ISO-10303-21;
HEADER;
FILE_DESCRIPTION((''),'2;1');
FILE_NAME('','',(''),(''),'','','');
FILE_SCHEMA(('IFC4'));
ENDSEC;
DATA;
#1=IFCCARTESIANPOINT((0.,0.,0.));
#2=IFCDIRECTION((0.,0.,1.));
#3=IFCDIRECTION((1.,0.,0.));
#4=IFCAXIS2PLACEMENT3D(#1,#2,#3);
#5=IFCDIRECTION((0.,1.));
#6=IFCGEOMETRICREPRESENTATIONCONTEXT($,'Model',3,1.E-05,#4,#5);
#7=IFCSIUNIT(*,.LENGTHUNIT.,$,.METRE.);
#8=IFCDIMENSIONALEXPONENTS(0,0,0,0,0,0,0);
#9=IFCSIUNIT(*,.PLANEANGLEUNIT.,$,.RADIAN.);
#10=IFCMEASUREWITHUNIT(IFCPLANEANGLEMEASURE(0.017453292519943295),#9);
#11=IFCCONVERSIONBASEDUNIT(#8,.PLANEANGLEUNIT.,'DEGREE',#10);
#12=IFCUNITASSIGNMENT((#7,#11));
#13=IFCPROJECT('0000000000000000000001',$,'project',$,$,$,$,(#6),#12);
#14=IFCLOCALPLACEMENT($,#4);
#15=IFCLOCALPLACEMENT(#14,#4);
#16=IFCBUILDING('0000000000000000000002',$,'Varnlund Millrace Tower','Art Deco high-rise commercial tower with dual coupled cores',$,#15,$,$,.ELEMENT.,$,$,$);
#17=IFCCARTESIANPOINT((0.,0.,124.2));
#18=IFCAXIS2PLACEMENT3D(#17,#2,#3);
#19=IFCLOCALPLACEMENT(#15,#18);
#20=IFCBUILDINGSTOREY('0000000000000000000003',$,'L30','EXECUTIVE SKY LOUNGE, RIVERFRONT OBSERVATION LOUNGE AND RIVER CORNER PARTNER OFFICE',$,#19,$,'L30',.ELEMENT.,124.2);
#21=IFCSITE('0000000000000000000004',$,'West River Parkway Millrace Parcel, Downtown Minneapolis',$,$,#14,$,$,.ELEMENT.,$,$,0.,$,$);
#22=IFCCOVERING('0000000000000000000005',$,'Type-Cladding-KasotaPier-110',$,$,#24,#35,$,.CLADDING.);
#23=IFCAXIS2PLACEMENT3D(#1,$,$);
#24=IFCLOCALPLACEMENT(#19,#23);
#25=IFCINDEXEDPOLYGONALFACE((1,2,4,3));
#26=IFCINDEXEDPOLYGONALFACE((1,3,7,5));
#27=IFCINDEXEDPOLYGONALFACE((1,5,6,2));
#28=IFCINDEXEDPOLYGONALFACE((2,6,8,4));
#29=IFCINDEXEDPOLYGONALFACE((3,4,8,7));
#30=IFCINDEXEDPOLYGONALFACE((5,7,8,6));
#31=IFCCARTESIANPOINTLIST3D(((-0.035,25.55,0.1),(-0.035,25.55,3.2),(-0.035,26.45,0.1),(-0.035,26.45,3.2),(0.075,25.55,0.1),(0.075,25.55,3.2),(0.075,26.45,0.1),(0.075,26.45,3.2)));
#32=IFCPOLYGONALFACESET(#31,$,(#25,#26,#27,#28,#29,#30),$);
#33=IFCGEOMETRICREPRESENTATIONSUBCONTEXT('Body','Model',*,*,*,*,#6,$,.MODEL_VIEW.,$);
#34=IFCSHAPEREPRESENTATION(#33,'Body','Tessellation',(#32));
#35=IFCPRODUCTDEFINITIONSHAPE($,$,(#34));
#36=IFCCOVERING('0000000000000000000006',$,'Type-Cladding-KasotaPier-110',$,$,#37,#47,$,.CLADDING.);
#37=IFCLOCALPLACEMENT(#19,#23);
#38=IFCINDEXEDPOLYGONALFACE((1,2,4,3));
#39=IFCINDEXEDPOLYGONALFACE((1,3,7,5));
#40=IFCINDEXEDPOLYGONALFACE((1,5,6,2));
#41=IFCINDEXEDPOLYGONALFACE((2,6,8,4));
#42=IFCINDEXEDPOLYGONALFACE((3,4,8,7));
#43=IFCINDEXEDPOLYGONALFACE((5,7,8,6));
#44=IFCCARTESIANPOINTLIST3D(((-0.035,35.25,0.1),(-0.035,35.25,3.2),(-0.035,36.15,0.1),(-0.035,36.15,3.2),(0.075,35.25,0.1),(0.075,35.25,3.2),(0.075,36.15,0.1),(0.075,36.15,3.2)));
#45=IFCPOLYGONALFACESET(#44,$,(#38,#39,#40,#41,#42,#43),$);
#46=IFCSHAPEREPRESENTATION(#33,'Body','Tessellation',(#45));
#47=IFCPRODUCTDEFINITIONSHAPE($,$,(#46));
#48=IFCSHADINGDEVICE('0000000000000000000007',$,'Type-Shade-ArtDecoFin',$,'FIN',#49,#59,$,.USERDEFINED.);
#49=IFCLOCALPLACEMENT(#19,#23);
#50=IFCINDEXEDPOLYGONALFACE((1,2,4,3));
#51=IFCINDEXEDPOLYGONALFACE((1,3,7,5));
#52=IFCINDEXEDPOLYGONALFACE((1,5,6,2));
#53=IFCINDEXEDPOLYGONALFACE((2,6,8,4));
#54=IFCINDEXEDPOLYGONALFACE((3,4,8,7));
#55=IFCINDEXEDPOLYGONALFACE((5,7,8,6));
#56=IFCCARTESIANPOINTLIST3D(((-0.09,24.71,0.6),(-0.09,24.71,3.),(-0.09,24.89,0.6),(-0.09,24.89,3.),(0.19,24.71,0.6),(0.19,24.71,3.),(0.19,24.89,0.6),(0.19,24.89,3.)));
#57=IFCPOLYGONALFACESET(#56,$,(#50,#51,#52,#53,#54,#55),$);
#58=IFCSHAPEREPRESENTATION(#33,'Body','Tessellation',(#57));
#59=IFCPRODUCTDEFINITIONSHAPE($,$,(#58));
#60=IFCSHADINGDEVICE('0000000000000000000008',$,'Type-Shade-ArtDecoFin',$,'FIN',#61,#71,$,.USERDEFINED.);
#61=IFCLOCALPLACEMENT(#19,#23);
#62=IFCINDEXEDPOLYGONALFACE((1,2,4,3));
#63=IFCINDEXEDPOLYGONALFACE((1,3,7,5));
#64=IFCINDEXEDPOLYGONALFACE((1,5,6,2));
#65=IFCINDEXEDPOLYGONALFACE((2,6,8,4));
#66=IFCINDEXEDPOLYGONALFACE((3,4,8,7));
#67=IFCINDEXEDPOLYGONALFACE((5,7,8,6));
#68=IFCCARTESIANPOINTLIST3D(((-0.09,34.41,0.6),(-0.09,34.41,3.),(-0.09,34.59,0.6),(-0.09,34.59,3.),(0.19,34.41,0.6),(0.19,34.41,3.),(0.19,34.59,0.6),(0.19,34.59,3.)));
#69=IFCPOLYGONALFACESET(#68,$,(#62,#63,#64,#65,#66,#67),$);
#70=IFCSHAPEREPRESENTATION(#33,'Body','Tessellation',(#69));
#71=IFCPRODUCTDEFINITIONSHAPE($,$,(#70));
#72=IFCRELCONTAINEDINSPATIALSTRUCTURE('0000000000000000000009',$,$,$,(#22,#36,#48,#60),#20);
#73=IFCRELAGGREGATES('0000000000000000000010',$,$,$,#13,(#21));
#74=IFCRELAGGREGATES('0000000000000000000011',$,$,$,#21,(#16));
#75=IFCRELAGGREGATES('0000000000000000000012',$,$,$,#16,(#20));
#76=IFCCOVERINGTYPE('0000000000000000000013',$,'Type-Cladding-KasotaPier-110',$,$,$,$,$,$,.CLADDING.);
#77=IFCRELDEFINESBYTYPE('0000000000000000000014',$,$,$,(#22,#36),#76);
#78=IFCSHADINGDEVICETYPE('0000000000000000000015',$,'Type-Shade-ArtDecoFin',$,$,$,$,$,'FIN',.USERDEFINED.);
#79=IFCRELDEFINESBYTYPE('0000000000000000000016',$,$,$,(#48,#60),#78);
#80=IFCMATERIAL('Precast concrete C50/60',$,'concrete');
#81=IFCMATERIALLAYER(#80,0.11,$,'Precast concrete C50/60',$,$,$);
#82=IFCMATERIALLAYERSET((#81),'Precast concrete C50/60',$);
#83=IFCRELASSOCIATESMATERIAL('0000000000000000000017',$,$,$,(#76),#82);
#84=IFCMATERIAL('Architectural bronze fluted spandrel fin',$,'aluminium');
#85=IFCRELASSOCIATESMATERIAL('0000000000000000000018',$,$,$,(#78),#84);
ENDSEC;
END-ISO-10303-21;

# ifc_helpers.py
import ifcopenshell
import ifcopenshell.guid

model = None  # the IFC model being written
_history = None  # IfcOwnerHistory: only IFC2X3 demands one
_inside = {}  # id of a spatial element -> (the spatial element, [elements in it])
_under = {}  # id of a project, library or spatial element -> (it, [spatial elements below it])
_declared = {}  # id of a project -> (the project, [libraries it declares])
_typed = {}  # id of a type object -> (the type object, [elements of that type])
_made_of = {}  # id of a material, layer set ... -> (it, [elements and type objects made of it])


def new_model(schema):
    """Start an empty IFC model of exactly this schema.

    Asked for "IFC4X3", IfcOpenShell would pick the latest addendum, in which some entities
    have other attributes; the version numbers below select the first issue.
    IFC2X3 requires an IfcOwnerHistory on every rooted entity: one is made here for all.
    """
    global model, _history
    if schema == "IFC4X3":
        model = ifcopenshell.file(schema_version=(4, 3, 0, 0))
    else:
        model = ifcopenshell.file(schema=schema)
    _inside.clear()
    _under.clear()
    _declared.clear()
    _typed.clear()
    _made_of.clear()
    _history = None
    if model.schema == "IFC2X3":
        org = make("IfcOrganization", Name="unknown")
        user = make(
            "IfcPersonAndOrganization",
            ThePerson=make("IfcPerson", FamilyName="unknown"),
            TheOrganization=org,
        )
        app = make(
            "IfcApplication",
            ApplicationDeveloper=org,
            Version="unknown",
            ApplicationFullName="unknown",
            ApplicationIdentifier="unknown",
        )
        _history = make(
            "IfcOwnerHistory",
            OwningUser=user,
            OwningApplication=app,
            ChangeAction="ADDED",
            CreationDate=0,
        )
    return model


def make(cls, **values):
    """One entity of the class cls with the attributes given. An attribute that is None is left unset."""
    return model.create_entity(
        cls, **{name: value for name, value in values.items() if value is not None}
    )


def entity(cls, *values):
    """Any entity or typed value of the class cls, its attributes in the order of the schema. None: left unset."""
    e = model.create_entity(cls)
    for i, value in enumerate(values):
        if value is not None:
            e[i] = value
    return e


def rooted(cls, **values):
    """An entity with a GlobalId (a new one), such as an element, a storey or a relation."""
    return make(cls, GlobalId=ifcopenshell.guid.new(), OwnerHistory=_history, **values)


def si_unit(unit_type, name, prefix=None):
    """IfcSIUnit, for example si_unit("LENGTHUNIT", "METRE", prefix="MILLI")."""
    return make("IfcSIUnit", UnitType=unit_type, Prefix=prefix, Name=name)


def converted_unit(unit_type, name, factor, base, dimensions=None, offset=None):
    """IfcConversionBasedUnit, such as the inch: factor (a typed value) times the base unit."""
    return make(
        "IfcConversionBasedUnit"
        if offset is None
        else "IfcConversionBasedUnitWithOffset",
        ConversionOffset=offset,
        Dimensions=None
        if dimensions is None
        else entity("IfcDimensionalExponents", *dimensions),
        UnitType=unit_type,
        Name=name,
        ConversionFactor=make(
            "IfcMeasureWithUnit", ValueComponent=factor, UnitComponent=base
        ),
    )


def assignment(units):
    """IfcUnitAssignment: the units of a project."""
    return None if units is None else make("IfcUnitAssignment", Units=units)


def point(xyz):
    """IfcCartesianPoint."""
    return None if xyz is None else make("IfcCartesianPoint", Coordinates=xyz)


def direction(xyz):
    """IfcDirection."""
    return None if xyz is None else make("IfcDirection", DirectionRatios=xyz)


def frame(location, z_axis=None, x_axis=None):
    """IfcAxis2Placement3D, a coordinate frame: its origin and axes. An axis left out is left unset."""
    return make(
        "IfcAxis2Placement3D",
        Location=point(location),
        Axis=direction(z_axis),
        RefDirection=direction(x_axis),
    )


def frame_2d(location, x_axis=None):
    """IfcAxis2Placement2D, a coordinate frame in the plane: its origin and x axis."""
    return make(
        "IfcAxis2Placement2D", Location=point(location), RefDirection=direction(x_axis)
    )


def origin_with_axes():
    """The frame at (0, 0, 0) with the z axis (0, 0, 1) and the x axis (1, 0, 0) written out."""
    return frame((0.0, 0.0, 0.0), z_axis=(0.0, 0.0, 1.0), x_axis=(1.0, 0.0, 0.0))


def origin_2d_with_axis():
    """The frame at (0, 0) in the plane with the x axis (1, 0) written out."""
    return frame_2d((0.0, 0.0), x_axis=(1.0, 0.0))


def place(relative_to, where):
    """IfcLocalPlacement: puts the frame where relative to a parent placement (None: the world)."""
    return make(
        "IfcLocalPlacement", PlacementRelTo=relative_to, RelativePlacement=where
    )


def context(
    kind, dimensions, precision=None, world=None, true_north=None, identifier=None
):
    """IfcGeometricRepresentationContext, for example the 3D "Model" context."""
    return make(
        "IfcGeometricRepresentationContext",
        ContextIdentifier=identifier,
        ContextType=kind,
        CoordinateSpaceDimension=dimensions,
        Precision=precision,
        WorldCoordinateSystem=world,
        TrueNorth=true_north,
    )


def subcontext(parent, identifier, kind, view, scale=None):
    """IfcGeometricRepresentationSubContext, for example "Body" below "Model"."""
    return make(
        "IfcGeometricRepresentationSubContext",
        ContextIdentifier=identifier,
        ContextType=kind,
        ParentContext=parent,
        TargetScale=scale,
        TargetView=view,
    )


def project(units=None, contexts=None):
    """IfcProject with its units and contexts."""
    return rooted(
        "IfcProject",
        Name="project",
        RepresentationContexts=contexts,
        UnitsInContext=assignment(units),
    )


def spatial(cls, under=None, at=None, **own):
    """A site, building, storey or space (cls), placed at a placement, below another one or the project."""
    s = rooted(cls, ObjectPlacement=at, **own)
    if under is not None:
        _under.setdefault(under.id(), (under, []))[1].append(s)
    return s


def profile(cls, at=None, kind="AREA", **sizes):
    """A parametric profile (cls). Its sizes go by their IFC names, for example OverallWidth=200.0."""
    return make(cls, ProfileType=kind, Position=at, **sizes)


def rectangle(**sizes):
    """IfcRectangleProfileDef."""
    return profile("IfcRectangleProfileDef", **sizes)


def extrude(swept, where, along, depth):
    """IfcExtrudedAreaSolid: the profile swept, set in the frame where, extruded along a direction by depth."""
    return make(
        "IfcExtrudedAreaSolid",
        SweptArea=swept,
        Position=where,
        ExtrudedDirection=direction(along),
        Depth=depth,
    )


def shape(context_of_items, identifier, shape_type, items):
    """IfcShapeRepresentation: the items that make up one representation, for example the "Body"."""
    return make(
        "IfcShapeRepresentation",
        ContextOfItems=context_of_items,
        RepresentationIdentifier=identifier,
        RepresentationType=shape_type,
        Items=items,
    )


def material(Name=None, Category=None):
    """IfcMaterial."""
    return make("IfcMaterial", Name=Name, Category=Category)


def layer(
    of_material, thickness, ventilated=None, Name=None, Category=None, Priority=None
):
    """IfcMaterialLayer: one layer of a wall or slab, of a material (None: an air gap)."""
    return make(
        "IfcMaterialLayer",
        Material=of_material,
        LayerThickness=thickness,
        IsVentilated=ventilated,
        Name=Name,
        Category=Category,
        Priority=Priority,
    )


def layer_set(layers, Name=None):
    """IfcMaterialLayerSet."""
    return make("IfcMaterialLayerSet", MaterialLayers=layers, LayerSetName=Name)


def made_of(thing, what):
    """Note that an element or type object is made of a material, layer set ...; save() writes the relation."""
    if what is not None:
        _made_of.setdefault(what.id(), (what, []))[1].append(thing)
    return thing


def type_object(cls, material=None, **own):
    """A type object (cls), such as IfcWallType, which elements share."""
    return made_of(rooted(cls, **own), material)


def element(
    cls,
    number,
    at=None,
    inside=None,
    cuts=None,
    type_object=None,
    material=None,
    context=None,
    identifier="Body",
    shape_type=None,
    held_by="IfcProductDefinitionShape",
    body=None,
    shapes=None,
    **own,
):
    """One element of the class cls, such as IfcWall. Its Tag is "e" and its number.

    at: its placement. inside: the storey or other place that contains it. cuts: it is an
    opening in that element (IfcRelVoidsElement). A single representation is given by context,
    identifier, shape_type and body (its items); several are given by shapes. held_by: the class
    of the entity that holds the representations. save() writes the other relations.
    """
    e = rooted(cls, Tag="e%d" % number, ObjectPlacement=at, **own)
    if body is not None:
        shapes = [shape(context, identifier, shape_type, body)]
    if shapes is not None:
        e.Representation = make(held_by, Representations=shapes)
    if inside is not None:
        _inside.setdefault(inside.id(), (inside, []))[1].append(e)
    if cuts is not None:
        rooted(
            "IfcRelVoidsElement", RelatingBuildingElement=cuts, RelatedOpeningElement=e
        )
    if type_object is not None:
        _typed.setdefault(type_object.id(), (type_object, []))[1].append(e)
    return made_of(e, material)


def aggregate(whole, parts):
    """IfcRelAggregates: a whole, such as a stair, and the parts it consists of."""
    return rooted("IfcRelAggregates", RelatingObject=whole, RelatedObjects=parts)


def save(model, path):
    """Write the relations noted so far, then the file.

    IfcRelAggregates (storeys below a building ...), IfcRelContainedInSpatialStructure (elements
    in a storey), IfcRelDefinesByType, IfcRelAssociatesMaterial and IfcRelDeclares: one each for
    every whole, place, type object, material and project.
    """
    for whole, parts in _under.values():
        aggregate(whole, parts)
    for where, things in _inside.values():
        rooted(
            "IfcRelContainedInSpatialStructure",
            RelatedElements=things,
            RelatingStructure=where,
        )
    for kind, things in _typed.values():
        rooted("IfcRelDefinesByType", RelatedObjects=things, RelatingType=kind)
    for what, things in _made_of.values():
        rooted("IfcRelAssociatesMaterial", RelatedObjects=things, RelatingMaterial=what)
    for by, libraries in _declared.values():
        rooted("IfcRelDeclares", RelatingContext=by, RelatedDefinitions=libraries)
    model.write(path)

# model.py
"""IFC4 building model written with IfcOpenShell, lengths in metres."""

from ifc_helpers import new_model, entity, si_unit, converted_unit, direction, frame, origin_with_axes, origin_2d_with_axis, place, context, subcontext, project, spatial, rectangle, extrude, material, layer, layer_set, type_object, element, save


model = new_model("IFC4")

# Units and contexts
model_context = context("Model", 3, precision=1e-05, world=origin_with_axes(), true_north=direction((0.0, 1.0)))
body_context = subcontext(model_context, "Body", "Model", "MODEL_VIEW")
ifc_project = project(units=[si_unit("LENGTHUNIT", "METRE"), converted_unit("PLANEANGLEUNIT", "DEGREE", entity("IfcPlaneAngleMeasure", 0.017453292519943295), si_unit("PLANEANGLEUNIT", "RADIAN"), dimensions=[0, 0, 0, 0, 0, 0, 0])], contexts=[model_context])

# Site, building, storey
site_placement = place(None, origin_with_axes())
site = spatial("IfcSite", under=ifc_project, at=site_placement, Name="West River Parkway Millrace Parcel, Downtown Minneapolis", CompositionType="ELEMENT", RefElevation=0.0)
building_placement = place(site_placement, origin_with_axes())
building = spatial("IfcBuilding", under=site, at=building_placement, Name="Varnlund Millrace Tower", Description="Art Deco high-rise commercial tower with dual coupled cores", CompositionType="ELEMENT")
storey_placement = place(building_placement, frame((0.0, 0.0, 124.2), z_axis=(0.0, 0.0, 1.0), x_axis=(1.0, 0.0, 0.0)))
storey = spatial("IfcBuildingStorey", under=building, at=storey_placement, Name="L30", Description="EXECUTIVE SKY LOUNGE, RIVERFRONT OBSERVATION LOUNGE AND RIVER CORNER PARTNER OFFICE", LongName="L30", CompositionType="ELEMENT", Elevation=124.2)

# Shared definitions
ifc_material_1 = material(Name="Precast concrete C50/60", Category="concrete")

# Coverings
ifc_layer_1 = layer(ifc_material_1, 0.11, Name="Precast concrete C50/60")
ifc_layer_set_1 = layer_set([ifc_layer_1], Name="Precast concrete C50/60")
covering_type = type_object("IfcCoveringType", Name="Type-Cladding-KasotaPier-110", PredefinedType="CLADDING", material=ifc_layer_set_1)
for number, where, z_axis, x_axis, name in (
    (1, (0.02, 26.0, 0.1), (0.0, 0.0, 1.0), (1.0, 0.0, 0.0), "Type-Cladding-KasotaPier-110"),
    (2, (0.02, 35.7, 0.1), (0.0, 0.0, 1.0), (1.0, 0.0, 0.0), "Type-Cladding-KasotaPier-110"),
):
    element("IfcCovering", number, at=place(storey_placement, frame(where, z_axis=z_axis, x_axis=x_axis)), inside=storey, type_object=covering_type, Name=name, PredefinedType="CLADDING", context=body_context, shape_type="SweptSolid", body=[
        extrude(rectangle(XDim=0.11, YDim=0.9, at=origin_2d_with_axis()), origin_with_axes(), (0.0, 0.0, 1.0), 3.1),
    ])

# Shading devices
ifc_material_2 = material(Name="Architectural bronze fluted spandrel fin", Category="aluminium")
shading_device_type = type_object("IfcShadingDeviceType", Name="Type-Shade-ArtDecoFin", ElementType="FIN", PredefinedType="USERDEFINED", material=ifc_material_2)
for number, where, z_axis, x_axis, name in (
    (3, (0.05, 24.8, 0.6), (0.0, 0.0, 1.0), (1.0, 0.0, 0.0), "Type-Shade-ArtDecoFin"),
    (4, (0.05, 34.5, 0.6), (0.0, 0.0, 1.0), (1.0, 0.0, 0.0), "Type-Shade-ArtDecoFin"),
):
    element("IfcShadingDevice", number, at=place(storey_placement, frame(where, z_axis=z_axis, x_axis=x_axis)), inside=storey, type_object=shading_device_type, Name=name, ObjectType="FIN", PredefinedType="USERDEFINED", context=body_context, shape_type="SweptSolid", body=[
        extrude(rectangle(XDim=0.28, YDim=0.18, at=origin_2d_with_axis()), origin_with_axes(), (0.0, 0.0, 1.0), 2.4),
    ])

save(model, "model.ifc")
